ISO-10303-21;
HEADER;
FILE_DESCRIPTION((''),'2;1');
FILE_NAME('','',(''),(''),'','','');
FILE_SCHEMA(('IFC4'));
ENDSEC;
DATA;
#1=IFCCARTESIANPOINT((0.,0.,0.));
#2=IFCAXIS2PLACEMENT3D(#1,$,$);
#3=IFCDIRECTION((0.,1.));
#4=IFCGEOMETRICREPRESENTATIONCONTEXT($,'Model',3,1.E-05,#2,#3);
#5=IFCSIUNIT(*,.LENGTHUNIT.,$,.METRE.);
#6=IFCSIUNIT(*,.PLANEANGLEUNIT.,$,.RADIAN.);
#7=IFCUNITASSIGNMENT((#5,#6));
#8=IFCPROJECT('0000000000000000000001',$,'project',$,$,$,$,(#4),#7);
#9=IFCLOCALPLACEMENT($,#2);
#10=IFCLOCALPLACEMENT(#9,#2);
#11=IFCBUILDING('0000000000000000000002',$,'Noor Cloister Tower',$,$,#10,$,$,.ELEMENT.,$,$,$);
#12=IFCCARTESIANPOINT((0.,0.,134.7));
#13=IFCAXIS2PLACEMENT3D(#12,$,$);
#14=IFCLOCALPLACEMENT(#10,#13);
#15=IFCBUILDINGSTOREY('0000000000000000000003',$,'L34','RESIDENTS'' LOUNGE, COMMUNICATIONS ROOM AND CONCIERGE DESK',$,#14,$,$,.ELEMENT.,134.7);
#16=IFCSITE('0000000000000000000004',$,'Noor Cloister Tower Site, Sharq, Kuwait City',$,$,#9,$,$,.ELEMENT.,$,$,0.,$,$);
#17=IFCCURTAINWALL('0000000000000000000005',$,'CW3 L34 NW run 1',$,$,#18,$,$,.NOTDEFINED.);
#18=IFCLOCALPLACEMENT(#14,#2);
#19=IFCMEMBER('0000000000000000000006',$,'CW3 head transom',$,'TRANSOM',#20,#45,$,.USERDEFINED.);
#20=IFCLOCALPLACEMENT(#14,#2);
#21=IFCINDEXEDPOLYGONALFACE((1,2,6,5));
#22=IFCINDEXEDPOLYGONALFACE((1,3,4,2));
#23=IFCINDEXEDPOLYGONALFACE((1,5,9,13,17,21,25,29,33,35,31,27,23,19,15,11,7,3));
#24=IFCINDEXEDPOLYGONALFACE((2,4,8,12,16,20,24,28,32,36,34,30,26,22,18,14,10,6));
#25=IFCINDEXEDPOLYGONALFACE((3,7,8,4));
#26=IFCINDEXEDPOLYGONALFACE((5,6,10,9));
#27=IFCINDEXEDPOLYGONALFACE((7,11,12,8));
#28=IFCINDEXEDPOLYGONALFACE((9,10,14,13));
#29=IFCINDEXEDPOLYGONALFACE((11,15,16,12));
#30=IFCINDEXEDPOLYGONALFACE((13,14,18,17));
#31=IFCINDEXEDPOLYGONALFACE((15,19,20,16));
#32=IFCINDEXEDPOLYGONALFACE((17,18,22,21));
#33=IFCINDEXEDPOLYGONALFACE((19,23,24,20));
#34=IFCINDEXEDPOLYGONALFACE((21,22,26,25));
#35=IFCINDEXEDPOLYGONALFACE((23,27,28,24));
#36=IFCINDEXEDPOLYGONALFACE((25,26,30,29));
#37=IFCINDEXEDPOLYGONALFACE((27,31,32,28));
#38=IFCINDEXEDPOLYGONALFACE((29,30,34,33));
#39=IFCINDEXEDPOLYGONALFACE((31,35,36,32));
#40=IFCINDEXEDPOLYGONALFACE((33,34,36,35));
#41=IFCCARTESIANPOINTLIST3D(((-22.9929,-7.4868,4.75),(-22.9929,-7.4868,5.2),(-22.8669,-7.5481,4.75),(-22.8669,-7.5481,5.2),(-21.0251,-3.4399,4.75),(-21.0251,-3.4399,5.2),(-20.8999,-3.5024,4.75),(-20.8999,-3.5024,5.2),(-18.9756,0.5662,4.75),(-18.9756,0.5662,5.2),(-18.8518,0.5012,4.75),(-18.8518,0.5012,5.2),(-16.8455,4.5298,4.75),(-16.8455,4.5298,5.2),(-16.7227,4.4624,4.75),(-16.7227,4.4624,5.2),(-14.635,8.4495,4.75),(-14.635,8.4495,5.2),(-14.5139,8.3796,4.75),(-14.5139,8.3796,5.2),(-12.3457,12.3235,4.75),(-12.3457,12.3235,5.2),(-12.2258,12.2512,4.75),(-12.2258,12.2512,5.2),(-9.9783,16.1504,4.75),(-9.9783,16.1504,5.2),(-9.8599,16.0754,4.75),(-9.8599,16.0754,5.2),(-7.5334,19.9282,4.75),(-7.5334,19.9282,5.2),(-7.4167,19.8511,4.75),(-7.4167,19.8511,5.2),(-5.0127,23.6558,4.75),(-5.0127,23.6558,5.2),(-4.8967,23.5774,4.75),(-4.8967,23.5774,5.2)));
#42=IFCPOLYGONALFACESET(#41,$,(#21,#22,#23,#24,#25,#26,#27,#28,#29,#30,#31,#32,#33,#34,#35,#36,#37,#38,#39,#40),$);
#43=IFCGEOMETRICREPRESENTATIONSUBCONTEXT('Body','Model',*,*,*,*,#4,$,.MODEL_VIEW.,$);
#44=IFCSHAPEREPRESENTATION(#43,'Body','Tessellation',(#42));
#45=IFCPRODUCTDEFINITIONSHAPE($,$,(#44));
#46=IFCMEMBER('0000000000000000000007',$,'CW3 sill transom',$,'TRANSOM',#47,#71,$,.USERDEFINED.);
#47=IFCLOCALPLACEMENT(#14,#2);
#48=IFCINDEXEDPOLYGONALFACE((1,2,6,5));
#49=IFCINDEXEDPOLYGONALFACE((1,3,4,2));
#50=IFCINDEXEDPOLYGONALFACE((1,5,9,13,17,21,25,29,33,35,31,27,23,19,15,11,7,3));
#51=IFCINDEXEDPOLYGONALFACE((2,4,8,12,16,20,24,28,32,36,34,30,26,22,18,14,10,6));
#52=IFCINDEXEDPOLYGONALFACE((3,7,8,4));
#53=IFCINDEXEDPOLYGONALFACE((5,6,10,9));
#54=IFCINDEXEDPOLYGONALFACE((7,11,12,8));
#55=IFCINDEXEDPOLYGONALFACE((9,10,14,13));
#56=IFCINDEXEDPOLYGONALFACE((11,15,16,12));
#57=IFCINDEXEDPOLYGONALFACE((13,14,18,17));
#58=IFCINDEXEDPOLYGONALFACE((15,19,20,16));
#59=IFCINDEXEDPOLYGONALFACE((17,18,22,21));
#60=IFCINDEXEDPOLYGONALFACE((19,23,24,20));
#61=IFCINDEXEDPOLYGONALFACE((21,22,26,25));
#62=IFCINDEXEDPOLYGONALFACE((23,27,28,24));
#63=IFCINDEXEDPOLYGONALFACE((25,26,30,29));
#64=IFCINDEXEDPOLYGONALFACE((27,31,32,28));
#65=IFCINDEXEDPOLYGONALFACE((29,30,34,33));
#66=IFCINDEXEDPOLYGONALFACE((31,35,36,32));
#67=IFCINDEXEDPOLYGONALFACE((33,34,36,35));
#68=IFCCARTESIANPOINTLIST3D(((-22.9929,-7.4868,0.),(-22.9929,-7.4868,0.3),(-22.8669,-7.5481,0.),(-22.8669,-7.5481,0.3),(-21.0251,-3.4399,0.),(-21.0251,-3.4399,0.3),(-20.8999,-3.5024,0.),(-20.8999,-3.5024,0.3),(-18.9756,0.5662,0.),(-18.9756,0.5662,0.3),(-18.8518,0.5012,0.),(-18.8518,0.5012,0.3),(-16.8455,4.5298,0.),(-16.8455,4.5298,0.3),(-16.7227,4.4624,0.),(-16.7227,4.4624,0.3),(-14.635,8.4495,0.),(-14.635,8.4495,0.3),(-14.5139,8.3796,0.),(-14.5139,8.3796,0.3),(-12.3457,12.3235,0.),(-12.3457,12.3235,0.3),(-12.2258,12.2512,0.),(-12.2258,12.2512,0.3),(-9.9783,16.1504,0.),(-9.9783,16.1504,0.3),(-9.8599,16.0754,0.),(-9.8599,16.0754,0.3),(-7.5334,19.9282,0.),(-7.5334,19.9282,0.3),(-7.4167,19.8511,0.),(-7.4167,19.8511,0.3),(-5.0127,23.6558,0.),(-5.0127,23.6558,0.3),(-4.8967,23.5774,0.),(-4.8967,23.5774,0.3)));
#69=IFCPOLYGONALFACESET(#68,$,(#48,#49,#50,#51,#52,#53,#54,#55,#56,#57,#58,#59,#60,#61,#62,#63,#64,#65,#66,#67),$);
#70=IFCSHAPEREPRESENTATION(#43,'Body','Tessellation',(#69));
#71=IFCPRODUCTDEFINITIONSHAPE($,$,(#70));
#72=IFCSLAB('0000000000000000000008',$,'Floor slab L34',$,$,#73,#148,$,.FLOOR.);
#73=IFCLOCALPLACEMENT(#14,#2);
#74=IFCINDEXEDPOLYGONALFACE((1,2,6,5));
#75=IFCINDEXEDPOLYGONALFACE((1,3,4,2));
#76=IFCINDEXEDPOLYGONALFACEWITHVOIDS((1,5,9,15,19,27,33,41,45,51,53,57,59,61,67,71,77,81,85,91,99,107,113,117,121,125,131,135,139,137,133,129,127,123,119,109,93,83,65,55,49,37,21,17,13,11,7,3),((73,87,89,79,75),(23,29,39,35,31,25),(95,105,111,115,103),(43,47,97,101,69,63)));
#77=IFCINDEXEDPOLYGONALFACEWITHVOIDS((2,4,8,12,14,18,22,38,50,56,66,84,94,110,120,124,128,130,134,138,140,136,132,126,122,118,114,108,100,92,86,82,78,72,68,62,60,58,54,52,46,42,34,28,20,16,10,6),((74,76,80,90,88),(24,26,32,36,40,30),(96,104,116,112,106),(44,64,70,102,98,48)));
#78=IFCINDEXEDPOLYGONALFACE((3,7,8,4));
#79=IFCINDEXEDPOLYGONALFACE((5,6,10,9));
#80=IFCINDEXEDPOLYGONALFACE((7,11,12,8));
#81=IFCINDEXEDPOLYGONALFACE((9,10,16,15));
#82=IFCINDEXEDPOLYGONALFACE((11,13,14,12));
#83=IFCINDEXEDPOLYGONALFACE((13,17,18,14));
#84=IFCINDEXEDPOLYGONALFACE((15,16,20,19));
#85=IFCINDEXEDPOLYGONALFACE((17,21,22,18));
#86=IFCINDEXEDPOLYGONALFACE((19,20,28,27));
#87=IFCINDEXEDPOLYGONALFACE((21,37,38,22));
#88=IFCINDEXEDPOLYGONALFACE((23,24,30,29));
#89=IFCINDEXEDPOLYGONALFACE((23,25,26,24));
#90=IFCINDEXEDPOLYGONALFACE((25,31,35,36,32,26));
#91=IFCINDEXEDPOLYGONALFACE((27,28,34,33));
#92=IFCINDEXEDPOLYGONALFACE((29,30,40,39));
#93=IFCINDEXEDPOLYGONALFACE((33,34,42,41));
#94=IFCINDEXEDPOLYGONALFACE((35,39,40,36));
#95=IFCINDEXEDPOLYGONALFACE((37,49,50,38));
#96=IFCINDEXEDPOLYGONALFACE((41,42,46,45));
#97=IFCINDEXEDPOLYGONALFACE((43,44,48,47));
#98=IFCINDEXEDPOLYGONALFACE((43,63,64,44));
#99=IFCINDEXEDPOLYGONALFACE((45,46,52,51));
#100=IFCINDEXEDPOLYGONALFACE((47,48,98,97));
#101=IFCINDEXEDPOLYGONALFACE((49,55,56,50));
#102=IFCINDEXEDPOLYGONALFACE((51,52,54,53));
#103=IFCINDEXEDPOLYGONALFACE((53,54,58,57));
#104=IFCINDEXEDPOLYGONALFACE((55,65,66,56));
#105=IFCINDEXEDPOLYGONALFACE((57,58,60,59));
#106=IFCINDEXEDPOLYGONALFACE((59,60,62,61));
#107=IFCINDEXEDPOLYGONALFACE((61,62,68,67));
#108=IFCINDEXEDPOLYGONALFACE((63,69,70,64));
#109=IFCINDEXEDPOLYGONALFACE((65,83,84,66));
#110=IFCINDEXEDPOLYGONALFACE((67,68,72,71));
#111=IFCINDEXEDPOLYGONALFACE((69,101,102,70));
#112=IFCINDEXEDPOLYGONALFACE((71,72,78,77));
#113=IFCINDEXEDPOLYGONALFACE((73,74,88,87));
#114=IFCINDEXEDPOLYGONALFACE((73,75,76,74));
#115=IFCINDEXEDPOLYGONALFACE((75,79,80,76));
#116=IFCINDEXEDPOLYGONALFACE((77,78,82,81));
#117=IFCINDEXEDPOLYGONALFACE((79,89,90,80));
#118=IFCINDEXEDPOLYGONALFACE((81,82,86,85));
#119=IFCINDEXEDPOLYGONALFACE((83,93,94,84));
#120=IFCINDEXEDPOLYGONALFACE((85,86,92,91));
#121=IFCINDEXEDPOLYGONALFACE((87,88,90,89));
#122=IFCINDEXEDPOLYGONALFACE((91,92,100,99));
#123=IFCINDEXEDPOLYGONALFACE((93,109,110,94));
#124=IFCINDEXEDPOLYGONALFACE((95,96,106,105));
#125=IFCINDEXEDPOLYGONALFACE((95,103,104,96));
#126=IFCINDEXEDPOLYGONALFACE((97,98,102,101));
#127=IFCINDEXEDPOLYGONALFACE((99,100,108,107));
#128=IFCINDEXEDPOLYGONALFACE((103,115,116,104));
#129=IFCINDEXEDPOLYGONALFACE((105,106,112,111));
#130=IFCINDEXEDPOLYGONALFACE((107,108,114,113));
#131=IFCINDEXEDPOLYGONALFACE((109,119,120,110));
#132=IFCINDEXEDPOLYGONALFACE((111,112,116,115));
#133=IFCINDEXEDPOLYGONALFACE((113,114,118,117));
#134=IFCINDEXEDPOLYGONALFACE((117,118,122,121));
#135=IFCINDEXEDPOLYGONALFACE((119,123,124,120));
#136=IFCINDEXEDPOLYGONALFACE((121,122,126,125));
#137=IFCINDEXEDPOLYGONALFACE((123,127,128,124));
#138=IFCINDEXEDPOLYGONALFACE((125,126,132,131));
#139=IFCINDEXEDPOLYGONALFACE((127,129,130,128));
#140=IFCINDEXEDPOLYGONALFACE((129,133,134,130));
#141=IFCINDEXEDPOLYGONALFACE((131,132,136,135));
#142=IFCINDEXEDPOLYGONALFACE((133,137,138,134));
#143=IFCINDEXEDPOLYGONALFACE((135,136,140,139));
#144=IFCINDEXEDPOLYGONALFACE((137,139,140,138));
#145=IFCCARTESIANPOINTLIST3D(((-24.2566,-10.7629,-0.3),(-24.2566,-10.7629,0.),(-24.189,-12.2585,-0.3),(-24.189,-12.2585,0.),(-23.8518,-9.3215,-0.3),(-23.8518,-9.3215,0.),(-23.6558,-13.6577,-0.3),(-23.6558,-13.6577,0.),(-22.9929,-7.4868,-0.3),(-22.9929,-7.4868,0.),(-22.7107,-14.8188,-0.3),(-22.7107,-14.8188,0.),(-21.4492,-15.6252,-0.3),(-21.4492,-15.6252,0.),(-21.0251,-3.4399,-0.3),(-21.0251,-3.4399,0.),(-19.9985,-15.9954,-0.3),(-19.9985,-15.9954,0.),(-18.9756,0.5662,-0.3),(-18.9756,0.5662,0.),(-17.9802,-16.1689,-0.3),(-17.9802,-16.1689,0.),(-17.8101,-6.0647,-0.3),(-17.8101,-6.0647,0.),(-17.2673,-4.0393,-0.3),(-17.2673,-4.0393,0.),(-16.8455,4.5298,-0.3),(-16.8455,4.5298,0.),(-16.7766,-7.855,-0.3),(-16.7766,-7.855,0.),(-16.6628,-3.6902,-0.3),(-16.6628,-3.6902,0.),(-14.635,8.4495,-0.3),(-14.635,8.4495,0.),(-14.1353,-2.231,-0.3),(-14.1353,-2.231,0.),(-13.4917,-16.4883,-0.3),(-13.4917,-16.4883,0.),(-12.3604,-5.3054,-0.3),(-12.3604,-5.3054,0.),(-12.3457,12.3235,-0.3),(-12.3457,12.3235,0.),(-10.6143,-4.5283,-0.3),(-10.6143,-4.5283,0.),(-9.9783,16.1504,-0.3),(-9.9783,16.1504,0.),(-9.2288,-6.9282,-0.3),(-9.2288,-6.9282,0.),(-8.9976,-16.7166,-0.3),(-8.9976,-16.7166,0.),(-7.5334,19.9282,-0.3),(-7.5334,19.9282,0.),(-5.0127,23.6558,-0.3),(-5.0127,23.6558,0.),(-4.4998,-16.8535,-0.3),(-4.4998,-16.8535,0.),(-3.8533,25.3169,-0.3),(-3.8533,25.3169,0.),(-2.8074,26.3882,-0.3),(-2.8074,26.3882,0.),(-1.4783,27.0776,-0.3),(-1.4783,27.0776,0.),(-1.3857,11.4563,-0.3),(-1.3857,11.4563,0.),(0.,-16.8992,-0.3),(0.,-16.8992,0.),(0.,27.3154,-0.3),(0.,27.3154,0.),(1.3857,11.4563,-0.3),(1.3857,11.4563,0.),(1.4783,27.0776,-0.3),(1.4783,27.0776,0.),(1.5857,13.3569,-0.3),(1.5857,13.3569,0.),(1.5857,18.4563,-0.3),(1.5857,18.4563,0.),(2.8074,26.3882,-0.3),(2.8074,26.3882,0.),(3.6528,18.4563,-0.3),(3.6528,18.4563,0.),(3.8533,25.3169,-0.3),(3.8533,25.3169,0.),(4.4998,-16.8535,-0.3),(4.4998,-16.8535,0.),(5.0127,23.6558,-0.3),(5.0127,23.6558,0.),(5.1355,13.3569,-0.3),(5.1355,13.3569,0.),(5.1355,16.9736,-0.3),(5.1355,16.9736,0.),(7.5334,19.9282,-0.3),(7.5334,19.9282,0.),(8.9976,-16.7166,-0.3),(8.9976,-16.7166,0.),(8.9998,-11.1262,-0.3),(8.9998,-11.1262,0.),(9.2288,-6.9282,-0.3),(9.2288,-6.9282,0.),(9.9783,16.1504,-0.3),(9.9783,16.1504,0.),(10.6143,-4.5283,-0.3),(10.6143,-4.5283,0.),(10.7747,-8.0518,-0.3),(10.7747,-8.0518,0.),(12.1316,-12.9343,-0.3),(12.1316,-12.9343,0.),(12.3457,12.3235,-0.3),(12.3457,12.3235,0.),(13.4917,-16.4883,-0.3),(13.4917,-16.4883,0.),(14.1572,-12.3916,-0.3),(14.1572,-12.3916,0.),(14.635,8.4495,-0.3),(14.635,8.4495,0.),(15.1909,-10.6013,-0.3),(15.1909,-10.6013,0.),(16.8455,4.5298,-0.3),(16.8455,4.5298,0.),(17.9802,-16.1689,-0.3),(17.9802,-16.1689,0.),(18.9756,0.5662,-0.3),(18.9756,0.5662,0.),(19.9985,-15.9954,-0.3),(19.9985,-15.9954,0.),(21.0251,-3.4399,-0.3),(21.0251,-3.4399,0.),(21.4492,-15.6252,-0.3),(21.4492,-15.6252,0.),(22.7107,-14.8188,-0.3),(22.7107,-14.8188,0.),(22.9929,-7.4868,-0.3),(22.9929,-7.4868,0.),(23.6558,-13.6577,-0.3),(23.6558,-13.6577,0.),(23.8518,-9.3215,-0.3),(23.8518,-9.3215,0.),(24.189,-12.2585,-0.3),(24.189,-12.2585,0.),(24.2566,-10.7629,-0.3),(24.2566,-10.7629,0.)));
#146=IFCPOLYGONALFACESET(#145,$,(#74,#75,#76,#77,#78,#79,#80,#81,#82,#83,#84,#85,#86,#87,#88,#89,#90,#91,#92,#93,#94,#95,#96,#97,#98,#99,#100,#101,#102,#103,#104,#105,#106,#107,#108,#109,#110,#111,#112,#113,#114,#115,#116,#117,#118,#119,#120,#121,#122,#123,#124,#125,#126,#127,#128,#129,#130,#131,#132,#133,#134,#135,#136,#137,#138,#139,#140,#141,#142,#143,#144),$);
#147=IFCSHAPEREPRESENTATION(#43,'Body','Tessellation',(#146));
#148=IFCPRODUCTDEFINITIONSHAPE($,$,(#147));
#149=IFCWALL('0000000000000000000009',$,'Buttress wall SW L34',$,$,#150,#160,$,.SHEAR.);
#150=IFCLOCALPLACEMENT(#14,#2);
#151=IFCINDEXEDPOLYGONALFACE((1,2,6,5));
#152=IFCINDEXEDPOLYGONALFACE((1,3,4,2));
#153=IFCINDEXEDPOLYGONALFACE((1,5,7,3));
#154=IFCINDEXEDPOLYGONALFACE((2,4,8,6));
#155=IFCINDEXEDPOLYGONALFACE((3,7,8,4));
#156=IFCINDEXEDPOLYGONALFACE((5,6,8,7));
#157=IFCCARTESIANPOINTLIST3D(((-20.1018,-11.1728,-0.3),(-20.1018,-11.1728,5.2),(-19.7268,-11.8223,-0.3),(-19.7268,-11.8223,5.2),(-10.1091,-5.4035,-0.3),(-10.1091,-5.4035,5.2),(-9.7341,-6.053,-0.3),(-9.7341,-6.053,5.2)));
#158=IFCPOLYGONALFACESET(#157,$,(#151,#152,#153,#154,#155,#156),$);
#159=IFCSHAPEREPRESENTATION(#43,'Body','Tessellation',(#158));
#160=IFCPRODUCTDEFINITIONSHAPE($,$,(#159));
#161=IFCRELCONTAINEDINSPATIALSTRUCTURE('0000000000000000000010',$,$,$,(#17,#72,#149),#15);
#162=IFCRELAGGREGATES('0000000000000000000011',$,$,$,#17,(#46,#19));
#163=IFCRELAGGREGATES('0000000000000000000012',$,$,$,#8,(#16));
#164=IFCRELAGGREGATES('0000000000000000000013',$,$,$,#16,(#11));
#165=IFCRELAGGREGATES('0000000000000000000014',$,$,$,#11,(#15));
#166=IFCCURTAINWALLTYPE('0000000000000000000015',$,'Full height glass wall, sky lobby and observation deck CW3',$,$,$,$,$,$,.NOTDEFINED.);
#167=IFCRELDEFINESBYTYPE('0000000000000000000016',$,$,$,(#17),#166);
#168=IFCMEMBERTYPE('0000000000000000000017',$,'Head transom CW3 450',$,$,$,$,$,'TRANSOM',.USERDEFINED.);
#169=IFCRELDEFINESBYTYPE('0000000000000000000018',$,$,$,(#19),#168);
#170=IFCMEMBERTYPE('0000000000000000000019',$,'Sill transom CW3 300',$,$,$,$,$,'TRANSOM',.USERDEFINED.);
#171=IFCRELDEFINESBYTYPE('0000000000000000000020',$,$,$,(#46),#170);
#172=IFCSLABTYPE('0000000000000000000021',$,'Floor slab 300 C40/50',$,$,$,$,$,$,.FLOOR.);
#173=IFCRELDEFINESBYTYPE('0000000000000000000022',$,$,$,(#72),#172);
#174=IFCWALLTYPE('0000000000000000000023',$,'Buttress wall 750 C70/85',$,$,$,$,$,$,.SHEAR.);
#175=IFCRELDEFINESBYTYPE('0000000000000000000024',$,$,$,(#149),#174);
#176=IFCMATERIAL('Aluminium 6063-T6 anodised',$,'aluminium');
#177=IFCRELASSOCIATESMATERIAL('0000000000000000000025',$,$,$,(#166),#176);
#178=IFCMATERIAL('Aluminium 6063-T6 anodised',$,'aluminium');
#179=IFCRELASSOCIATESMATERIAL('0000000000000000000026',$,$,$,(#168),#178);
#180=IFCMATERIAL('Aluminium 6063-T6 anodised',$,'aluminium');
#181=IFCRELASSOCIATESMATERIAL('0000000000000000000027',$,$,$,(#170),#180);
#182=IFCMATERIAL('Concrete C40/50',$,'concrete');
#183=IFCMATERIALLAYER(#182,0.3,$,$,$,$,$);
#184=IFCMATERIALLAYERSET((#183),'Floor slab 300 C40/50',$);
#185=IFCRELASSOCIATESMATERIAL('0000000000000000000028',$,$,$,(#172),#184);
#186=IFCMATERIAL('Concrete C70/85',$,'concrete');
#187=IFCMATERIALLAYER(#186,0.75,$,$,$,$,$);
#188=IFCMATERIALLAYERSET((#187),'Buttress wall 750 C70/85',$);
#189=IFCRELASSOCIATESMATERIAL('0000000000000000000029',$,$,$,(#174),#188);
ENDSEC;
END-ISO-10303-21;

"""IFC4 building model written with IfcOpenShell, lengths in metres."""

from ifc_helpers import new_model, si_unit, direction, frame, frame_2d, origin, place, context, subcontext, project, spatial, polyline, rectangle, outline, extrude, material, layer, layer_set, type_object, element, aggregate, save


model = new_model("IFC4")

# Units and contexts
model_context = context("Model", 3, precision=1e-05, world=origin(), true_north=direction((0.0, 1.0)))
body_context = subcontext(model_context, "Body", "Model", "MODEL_VIEW")
ifc_project = project(units=[si_unit("LENGTHUNIT", "METRE"), si_unit("PLANEANGLEUNIT", "RADIAN")], contexts=[model_context])

# Site, building, storey
site_placement = place(None, origin())
site = spatial("IfcSite", under=ifc_project, at=site_placement, Name="Noor Cloister Tower Site, Sharq, Kuwait City", CompositionType="ELEMENT", RefElevation=0.0)
building_placement = place(site_placement, origin())
building = spatial("IfcBuilding", under=site, at=building_placement, Name="Noor Cloister Tower", CompositionType="ELEMENT")
storey_placement = place(building_placement, frame((0.0, 0.0, 134.7)))
storey = spatial("IfcBuildingStorey", under=building, at=storey_placement, Name="L34", Description="RESIDENTS' LOUNGE, COMMUNICATIONS ROOM AND CONCIERGE DESK", CompositionType="ELEMENT", Elevation=134.7)

# Curtain wall, members
ifc_material_1 = material(Name="Aluminium 6063-T6 anodised", Category="aluminium")
curtain_wall_type = type_object("IfcCurtainWallType", Name="Full height glass wall, sky lobby and observation deck CW3", PredefinedType="NOTDEFINED", material=ifc_material_1)
curtain_wall_placement = place(storey_placement, origin())
curtain_wall = element("IfcCurtainWall", 1, at=curtain_wall_placement, inside=storey, type_object=curtain_wall_type, Name="CW3 L34 NW run 1", PredefinedType="NOTDEFINED")
ifc_material_2 = material(Name="Aluminium 6063-T6 anodised", Category="aluminium")
member_type_1 = type_object("IfcMemberType", Name="Head transom CW3 450", ElementType="TRANSOM", PredefinedType="USERDEFINED", material=ifc_material_2)
member_1_placement = place(storey_placement, frame((0.0, 0.0, 4.75)))
member_1 = element("IfcMember", 2, at=member_1_placement, type_object=member_type_1, Name="CW3 head transom", ObjectType="TRANSOM", PredefinedType="USERDEFINED", context=body_context, shape_type="SweptSolid", body=[
    extrude(outline(polyline([(-5.0127, 23.6558), (-7.5334, 19.9282), (-9.9783, 16.1504), (-12.3457, 12.3235), (-14.635, 8.4495), (-16.8455, 4.5298), (-18.9756, 0.5662), (-21.0251, -3.4399), (-22.9929, -7.4868), (-22.8669, -7.5481), (-20.8999, -3.5024), (-18.8518, 0.5012), (-16.7227, 4.4624), (-14.5139, 8.3796), (-12.2258, 12.2512), (-9.8599, 16.0754), (-7.4167, 19.8511), (-4.8967, 23.5774), (-5.0127, 23.6558)])), origin(), (0.0, 0.0, 1.0), 0.45),
])
ifc_material_3 = material(Name="Aluminium 6063-T6 anodised", Category="aluminium")
member_type_2 = type_object("IfcMemberType", Name="Sill transom CW3 300", ElementType="TRANSOM", PredefinedType="USERDEFINED", material=ifc_material_3)
member_2_placement = place(storey_placement, origin())
member_2 = element("IfcMember", 3, at=member_2_placement, type_object=member_type_2, Name="CW3 sill transom", ObjectType="TRANSOM", PredefinedType="USERDEFINED", context=body_context, shape_type="SweptSolid", body=[
    extrude(outline(polyline([(-5.0127, 23.6558), (-7.5334, 19.9282), (-9.9783, 16.1504), (-12.3457, 12.3235), (-14.635, 8.4495), (-16.8455, 4.5298), (-18.9756, 0.5662), (-21.0251, -3.4399), (-22.9929, -7.4868), (-22.8669, -7.5481), (-20.8999, -3.5024), (-18.8518, 0.5012), (-16.7227, 4.4624), (-14.5139, 8.3796), (-12.2258, 12.2512), (-9.8599, 16.0754), (-7.4167, 19.8511), (-4.8967, 23.5774), (-5.0127, 23.6558)])), origin(), (0.0, 0.0, 1.0), 0.3),
])
aggregate(curtain_wall, [member_2, member_1])

# Slab
ifc_material_4 = material(Name="Concrete C40/50", Category="concrete")
ifc_layer_1 = layer(ifc_material_4, 0.3)
ifc_layer_set_1 = layer_set([ifc_layer_1], Name="Floor slab 300 C40/50")
slab_type = type_object("IfcSlabType", Name="Floor slab 300 C40/50", PredefinedType="FLOOR", material=ifc_layer_set_1)
slab_placement = place(storey_placement, frame((0.0, 0.0, -0.3)))
element("IfcSlab", 4, at=slab_placement, inside=storey, type_object=slab_type, Name="Floor slab L34", PredefinedType="FLOOR", context=body_context, shape_type="SweptSolid", body=[
    extrude(outline(polyline([(3.8533, 25.3169), (2.8074, 26.3882), (1.4783, 27.0776), (0.0, 27.3154), (-1.4783, 27.0776), (-2.8074, 26.3882), (-3.8533, 25.3169), (-5.0127, 23.6558), (-7.5334, 19.9282), (-9.9783, 16.1504), (-12.3457, 12.3235), (-14.635, 8.4495), (-16.8455, 4.5298), (-18.9756, 0.5662), (-21.0251, -3.4399), (-22.9929, -7.4868), (-23.8518, -9.3215), (-24.2566, -10.7629), (-24.189, -12.2585), (-23.6558, -13.6577), (-22.7107, -14.8188), (-21.4492, -15.6252), (-19.9985, -15.9954), (-17.9802, -16.1689), (-13.4917, -16.4883), (-8.9976, -16.7166), (-4.4998, -16.8535), (0.0, -16.8992), (4.4998, -16.8535), (8.9976, -16.7166), (13.4917, -16.4883), (17.9802, -16.1689), (19.9985, -15.9954), (21.4492, -15.6252), (22.7107, -14.8188), (23.6558, -13.6577), (24.189, -12.2585), (24.2566, -10.7629), (23.8518, -9.3215), (22.9929, -7.4868), (21.0251, -3.4399), (18.9756, 0.5662), (16.8455, 4.5298), (14.635, 8.4495), (12.3457, 12.3235), (9.9783, 16.1504), (7.5334, 19.9282), (5.0127, 23.6558), (3.8533, 25.3169)]), holes=[polyline([(8.9998, -11.1262), (12.1316, -12.9343), (14.1572, -12.3916), (15.1909, -10.6013), (10.7747, -8.0518), (8.9998, -11.1262)]), polyline([(-17.8101, -6.0647), (-16.7766, -7.855), (-12.3604, -5.3054), (-14.1353, -2.231), (-16.6628, -3.6902), (-17.2673, -4.0393), (-17.8101, -6.0647)]), polyline([(-10.6143, -4.5283), (-9.2288, -6.9282), (9.2288, -6.9282), (10.6143, -4.5283), (1.3857, 11.4563), (-1.3857, 11.4563), (-10.6143, -4.5283)]), polyline([(3.6528, 18.4563), (1.5857, 18.4563), (1.5857, 13.3569), (5.1355, 13.3569), (5.1355, 16.9736), (3.6528, 18.4563)])]), origin(), (0.0, 0.0, 1.0), 0.3),
])

# Wall
ifc_material_5 = material(Name="Concrete C70/85", Category="concrete")
ifc_layer_2 = layer(ifc_material_5, 0.75)
ifc_layer_set_2 = layer_set([ifc_layer_2], Name="Buttress wall 750 C70/85")
wall_type_1 = type_object("IfcWallType", Name="Buttress wall 750 C70/85", PredefinedType="SHEAR", material=ifc_layer_set_2)
wall_1_placement = place(storey_placement, frame((-9.9216, -5.7283, -0.3), z_axis=(0.0, 0.0, 1.0), x_axis=(-0.866025, -0.500001, 0.0)))
element("IfcWall", 5, at=wall_1_placement, inside=storey, type_object=wall_type_1, Name="Buttress wall SW L34", PredefinedType="SHEAR", context=body_context, shape_type="SweptSolid", body=[
    extrude(rectangle(XDim=11.5386, YDim=0.75, at=frame_2d((5.7693, 0.0))), origin(), (0.0, 0.0, 1.0), 5.5),
])

save(model, "model.ifc")
